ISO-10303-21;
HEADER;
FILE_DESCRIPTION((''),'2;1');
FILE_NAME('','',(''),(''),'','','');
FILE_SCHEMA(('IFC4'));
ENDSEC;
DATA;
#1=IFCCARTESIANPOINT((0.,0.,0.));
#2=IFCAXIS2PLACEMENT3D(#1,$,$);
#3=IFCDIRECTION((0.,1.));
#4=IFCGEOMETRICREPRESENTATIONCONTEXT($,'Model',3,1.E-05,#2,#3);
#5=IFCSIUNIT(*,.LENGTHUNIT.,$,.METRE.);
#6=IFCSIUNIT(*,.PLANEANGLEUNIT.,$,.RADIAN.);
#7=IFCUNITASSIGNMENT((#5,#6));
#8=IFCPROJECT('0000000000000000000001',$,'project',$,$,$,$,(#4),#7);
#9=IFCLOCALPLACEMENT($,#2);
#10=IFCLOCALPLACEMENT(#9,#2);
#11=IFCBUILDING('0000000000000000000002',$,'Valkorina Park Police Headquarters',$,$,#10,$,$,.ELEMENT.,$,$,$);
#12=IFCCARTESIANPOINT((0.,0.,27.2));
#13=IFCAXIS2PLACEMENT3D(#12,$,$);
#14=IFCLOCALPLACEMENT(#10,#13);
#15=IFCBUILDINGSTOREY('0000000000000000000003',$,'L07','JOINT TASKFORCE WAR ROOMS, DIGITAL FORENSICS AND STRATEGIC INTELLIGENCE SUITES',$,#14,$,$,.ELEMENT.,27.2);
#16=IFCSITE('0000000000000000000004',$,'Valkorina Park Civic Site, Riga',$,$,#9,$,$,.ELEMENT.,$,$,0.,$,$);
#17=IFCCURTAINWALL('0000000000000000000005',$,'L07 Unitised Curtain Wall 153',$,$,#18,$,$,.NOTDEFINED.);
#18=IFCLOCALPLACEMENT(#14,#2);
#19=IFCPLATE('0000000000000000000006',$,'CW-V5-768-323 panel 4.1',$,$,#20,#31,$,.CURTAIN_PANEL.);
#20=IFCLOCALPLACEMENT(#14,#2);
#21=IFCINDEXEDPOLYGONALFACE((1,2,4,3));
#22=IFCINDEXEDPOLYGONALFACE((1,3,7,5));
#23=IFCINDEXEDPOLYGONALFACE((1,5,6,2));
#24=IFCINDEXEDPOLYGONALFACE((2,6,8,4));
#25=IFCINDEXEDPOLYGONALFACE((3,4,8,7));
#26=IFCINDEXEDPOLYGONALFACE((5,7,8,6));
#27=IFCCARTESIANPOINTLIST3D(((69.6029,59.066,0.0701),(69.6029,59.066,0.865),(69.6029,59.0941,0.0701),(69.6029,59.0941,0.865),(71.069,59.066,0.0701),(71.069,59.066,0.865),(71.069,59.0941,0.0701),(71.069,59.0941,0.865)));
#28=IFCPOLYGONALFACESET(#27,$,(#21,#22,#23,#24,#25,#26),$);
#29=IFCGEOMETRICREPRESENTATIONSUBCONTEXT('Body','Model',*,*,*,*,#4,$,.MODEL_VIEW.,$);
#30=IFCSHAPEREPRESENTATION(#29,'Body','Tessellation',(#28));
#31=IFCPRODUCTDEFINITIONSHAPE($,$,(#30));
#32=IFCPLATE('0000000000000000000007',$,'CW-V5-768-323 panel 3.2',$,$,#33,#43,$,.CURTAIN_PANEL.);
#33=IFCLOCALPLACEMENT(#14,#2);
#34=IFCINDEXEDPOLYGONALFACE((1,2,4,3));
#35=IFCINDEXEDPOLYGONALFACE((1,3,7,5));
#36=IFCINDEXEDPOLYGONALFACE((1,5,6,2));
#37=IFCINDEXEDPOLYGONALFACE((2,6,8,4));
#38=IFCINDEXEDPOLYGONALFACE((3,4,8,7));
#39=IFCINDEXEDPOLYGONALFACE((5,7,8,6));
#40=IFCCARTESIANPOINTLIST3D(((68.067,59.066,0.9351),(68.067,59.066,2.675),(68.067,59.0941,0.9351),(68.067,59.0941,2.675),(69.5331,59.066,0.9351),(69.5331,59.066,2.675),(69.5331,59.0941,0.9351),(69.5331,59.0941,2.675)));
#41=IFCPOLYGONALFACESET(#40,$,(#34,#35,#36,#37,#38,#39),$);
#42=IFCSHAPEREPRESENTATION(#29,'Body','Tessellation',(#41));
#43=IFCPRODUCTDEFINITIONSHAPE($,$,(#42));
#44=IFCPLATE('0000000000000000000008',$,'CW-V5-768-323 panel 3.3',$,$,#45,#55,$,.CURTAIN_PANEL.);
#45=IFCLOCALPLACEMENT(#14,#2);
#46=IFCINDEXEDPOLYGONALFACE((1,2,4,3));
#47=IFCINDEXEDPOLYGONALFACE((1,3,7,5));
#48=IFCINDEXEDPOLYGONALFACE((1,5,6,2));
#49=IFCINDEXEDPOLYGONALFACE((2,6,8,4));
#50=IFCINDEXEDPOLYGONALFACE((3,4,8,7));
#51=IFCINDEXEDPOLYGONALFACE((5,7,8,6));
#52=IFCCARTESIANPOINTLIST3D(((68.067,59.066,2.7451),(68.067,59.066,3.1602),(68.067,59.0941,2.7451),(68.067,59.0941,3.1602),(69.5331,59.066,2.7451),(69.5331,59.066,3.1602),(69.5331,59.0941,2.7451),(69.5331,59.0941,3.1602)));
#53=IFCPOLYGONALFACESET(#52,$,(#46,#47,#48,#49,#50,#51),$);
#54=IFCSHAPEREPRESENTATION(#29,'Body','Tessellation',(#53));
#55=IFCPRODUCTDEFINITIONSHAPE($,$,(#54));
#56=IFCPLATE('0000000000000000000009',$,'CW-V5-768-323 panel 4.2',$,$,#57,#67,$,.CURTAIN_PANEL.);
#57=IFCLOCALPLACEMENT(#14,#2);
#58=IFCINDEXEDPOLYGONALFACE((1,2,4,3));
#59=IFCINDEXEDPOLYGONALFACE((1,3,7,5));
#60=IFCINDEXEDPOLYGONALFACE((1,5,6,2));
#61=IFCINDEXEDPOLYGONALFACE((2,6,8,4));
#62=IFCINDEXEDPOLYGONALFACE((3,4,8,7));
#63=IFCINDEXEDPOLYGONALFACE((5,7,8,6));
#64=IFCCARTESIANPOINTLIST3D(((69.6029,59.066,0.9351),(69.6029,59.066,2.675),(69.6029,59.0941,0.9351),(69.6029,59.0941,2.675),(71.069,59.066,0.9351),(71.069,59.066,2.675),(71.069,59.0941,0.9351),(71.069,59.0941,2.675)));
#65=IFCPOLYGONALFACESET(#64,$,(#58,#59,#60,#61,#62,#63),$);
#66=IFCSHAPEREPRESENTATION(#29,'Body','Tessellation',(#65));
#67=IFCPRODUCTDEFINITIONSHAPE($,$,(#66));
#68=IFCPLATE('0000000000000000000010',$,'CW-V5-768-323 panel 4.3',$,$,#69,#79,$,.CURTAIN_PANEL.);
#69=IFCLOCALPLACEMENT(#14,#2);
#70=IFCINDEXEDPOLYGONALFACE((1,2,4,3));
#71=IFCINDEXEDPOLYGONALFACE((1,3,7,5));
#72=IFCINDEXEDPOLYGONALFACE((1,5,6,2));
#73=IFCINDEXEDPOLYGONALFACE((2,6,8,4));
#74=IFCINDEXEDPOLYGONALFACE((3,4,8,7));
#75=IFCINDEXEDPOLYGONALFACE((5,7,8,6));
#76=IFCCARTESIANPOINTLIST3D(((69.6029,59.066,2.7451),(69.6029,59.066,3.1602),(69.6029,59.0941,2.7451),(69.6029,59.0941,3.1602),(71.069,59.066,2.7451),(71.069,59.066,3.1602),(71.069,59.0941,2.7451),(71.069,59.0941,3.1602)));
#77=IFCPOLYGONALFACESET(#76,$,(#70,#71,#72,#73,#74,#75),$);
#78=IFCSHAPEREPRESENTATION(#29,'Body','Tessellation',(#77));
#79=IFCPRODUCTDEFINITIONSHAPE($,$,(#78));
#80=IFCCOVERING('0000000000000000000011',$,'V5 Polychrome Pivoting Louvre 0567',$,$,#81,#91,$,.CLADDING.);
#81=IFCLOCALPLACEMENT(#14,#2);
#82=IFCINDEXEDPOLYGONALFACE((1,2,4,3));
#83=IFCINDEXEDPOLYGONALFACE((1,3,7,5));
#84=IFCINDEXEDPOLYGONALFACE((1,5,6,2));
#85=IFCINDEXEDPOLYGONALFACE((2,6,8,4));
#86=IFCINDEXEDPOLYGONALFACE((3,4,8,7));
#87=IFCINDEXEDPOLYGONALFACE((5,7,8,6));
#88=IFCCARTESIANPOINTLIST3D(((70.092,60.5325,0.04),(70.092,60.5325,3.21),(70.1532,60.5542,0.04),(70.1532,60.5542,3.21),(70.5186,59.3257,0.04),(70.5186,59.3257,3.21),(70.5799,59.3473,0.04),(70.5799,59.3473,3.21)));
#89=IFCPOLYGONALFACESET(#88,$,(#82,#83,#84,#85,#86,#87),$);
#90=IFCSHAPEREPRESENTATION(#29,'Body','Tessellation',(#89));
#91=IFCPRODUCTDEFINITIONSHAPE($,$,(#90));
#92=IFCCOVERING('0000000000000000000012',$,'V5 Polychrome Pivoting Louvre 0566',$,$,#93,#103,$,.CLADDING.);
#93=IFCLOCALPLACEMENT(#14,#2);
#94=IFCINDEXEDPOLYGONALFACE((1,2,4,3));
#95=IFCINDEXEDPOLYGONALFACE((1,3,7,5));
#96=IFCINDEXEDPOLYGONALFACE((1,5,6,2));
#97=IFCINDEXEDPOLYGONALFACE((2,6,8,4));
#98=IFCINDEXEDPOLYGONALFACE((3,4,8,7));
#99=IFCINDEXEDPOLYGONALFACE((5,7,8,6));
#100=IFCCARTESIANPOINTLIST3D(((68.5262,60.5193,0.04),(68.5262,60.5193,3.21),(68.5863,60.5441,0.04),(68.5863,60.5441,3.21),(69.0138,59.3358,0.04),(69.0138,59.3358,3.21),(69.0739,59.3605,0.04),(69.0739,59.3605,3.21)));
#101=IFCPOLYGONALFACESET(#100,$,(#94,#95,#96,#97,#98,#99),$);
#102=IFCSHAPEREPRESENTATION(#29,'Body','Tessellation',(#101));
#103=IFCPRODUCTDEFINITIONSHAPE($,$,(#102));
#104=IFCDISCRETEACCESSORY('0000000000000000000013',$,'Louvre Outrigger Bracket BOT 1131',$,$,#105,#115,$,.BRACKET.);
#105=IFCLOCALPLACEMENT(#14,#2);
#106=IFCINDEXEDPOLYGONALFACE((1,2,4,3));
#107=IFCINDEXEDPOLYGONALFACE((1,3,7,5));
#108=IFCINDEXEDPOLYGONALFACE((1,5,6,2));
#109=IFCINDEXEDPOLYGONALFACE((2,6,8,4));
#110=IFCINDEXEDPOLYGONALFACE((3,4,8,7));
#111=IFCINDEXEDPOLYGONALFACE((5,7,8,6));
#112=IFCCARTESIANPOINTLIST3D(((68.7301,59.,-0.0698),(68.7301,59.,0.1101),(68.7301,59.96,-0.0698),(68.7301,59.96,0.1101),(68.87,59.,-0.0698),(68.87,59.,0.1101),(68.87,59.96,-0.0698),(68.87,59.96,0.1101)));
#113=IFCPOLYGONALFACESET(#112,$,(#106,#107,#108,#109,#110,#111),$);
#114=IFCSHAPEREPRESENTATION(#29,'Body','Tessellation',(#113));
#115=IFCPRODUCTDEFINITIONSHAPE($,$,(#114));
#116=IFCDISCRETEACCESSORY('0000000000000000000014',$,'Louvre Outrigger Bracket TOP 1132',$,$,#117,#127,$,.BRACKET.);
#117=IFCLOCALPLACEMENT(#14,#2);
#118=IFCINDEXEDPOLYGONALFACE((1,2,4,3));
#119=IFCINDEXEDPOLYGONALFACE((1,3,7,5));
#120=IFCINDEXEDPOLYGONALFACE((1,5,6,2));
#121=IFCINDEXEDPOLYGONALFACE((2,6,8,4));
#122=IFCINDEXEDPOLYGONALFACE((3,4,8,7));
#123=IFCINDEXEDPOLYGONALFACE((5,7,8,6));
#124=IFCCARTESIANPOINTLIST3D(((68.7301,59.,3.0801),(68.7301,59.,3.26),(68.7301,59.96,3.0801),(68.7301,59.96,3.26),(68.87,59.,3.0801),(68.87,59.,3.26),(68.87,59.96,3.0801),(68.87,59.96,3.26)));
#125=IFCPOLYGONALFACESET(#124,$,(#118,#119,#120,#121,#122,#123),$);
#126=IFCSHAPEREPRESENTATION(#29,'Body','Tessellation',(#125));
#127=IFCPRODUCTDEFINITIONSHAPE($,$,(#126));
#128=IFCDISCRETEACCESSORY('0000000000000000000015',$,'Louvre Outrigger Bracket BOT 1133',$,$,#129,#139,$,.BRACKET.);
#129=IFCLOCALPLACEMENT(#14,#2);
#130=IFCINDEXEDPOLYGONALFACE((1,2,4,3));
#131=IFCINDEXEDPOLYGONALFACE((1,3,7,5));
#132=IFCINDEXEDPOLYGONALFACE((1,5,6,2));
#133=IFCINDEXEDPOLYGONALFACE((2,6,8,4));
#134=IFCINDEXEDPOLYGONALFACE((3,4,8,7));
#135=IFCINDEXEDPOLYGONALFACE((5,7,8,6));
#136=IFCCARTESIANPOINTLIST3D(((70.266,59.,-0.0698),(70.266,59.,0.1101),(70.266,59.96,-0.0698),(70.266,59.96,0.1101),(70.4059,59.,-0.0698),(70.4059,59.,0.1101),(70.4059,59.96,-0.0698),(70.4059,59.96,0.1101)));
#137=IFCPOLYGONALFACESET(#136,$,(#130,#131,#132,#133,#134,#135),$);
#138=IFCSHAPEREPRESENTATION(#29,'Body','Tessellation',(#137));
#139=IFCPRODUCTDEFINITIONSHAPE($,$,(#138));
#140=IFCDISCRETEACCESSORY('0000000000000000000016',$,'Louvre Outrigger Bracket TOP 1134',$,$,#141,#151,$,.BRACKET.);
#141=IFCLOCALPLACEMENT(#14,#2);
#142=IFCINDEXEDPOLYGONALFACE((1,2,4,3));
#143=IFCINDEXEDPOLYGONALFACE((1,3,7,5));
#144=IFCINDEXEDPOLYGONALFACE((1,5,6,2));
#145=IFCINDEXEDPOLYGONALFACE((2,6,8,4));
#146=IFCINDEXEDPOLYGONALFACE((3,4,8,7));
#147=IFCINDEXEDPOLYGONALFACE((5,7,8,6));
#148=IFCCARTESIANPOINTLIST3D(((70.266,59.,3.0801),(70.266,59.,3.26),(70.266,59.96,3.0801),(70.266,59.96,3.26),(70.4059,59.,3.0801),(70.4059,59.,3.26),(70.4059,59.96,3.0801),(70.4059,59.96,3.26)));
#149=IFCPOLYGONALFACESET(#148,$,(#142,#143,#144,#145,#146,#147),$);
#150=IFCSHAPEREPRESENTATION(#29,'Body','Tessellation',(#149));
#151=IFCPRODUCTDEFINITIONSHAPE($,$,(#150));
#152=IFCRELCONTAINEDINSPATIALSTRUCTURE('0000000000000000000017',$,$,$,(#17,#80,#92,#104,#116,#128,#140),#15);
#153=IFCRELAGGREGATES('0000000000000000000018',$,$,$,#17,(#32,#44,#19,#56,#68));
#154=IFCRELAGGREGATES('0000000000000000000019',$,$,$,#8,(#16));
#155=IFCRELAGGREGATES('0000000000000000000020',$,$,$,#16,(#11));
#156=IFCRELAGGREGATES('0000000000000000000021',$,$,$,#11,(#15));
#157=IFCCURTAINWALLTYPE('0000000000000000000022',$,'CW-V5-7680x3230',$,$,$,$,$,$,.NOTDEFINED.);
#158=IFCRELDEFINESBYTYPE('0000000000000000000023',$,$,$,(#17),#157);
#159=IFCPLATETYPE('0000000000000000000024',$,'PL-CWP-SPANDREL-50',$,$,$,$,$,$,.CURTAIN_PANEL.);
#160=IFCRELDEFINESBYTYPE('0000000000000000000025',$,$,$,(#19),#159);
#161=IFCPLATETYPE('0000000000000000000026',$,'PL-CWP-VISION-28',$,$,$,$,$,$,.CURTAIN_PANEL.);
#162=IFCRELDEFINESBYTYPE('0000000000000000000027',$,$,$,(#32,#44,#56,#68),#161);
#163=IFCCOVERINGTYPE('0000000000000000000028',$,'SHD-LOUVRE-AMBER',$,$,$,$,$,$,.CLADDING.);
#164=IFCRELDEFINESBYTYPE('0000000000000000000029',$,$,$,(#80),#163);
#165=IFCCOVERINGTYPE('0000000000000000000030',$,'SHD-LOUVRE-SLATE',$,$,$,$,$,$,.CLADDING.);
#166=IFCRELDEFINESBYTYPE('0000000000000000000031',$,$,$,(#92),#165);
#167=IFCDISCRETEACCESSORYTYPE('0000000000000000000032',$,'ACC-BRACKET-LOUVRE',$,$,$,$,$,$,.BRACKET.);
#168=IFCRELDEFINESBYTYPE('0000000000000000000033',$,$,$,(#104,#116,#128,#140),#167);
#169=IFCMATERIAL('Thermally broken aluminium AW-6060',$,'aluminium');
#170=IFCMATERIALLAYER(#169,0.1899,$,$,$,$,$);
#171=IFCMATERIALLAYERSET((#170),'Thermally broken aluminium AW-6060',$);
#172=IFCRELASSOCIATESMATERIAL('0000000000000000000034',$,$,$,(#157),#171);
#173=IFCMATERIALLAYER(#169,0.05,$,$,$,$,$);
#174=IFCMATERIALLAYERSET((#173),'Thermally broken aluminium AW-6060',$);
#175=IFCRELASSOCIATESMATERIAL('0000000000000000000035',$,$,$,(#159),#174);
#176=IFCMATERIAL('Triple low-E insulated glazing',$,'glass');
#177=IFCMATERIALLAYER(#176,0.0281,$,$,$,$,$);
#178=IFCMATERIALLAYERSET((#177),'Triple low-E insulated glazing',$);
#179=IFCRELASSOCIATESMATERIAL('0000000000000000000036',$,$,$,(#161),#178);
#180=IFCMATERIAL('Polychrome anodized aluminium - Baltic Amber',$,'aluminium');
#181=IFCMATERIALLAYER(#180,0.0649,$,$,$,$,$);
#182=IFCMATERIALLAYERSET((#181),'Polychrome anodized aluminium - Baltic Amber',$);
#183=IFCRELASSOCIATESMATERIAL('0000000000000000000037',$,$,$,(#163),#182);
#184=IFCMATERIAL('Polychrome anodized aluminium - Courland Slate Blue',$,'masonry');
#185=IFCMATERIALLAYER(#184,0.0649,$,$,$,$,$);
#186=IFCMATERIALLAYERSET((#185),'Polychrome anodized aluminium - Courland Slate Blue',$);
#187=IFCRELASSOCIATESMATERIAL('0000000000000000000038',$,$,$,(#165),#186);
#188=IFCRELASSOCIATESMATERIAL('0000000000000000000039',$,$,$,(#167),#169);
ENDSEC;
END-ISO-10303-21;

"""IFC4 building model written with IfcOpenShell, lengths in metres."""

from ifc_helpers import new_model, si_unit, direction, frame, origin, origin_2d, place, context, subcontext, project, spatial, rectangle, extrude, material, layer, layer_set, type_object, element, aggregate, save


model = new_model("IFC4")

# Units and contexts
model_context = context("Model", 3, precision=1e-05, world=origin(), true_north=direction((0.0, 1.0)))
body_context = subcontext(model_context, "Body", "Model", "MODEL_VIEW")
ifc_project = project(units=[si_unit("LENGTHUNIT", "METRE"), si_unit("PLANEANGLEUNIT", "RADIAN")], contexts=[model_context])

# Site, building, storey
site_placement = place(None, origin())
site = spatial("IfcSite", under=ifc_project, at=site_placement, Name="Valkorina Park Civic Site, Riga", CompositionType="ELEMENT", RefElevation=0.0)
building_placement = place(site_placement, origin())
building = spatial("IfcBuilding", under=site, at=building_placement, Name="Valkorina Park Police Headquarters", CompositionType="ELEMENT")
storey_placement = place(building_placement, frame((0.0, 0.0, 27.2)))
storey = spatial("IfcBuildingStorey", under=building, at=storey_placement, Name="L07", Description="JOINT TASKFORCE WAR ROOMS, DIGITAL FORENSICS AND STRATEGIC INTELLIGENCE SUITES", CompositionType="ELEMENT", Elevation=27.2)

# Curtain wall, plates
ifc_material_1 = material(Name="Thermally broken aluminium AW-6060", Category="aluminium")
ifc_layer_1 = layer(ifc_material_1, 0.1899)
ifc_layer_set_1 = layer_set([ifc_layer_1], Name="Thermally broken aluminium AW-6060")
curtain_wall_type = type_object("IfcCurtainWallType", Name="CW-V5-7680x3230", PredefinedType="NOTDEFINED", material=ifc_layer_set_1)
curtain_wall_placement = place(storey_placement, origin())
curtain_wall = element("IfcCurtainWall", 1, at=curtain_wall_placement, inside=storey, type_object=curtain_wall_type, Name="L07 Unitised Curtain Wall 153", PredefinedType="NOTDEFINED")
ifc_layer_2 = layer(ifc_material_1, 0.05)
ifc_layer_set_2 = layer_set([ifc_layer_2], Name="Thermally broken aluminium AW-6060")
plate_type_1 = type_object("IfcPlateType", Name="PL-CWP-SPANDREL-50", PredefinedType="CURTAIN_PANEL", material=ifc_layer_set_2)
plate_1_placement = place(storey_placement, frame((70.3359, 59.0801, 0.0701), z_axis=(0.0, 0.0, 1.0), x_axis=(1.0, 0.0, 0.0)))
plate_1 = element("IfcPlate", 2, at=plate_1_placement, type_object=plate_type_1, Name="CW-V5-768-323 panel 4.1", PredefinedType="CURTAIN_PANEL", context=body_context, shape_type="SweptSolid", body=[
    extrude(rectangle(XDim=1.4661, YDim=0.0281, at=origin_2d()), origin(), (0.0, 0.0, 1.0), 0.7949),
])
ifc_material_2 = material(Name="Triple low-E insulated glazing", Category="glass")
ifc_layer_3 = layer(ifc_material_2, 0.0281)
ifc_layer_set_3 = layer_set([ifc_layer_3], Name="Triple low-E insulated glazing")
plate_type_2 = type_object("IfcPlateType", Name="PL-CWP-VISION-28", PredefinedType="CURTAIN_PANEL", material=ifc_layer_set_3)
plate_2_placement = place(storey_placement, frame((68.8, 59.0801, 0.9351), z_axis=(0.0, 0.0, 1.0), x_axis=(1.0, 0.0, 0.0)))
plate_2 = element("IfcPlate", 3, at=plate_2_placement, type_object=plate_type_2, Name="CW-V5-768-323 panel 3.2", PredefinedType="CURTAIN_PANEL", context=body_context, shape_type="SweptSolid", body=[
    extrude(rectangle(XDim=1.4661, YDim=0.0281, at=origin_2d()), origin(), (0.0, 0.0, 1.0), 1.74),
])
plate_3_placement = place(storey_placement, frame((68.8, 59.0801, 2.7451), z_axis=(0.0, 0.0, 1.0), x_axis=(1.0, 0.0, 0.0)))
plate_3 = element("IfcPlate", 4, at=plate_3_placement, type_object=plate_type_2, Name="CW-V5-768-323 panel 3.3", PredefinedType="CURTAIN_PANEL", context=body_context, shape_type="SweptSolid", body=[
    extrude(rectangle(XDim=1.4661, YDim=0.0281, at=origin_2d()), origin(), (0.0, 0.0, 1.0), 0.415),
])
plate_4_placement = place(storey_placement, frame((70.3359, 59.0801, 0.9351), z_axis=(0.0, 0.0, 1.0), x_axis=(1.0, 0.0, 0.0)))
plate_4 = element("IfcPlate", 5, at=plate_4_placement, type_object=plate_type_2, Name="CW-V5-768-323 panel 4.2", PredefinedType="CURTAIN_PANEL", context=body_context, shape_type="SweptSolid", body=[
    extrude(rectangle(XDim=1.4661, YDim=0.0281, at=origin_2d()), origin(), (0.0, 0.0, 1.0), 1.74),
])
plate_5_placement = place(storey_placement, frame((70.3359, 59.0801, 2.7451), z_axis=(0.0, 0.0, 1.0), x_axis=(1.0, 0.0, 0.0)))
plate_5 = element("IfcPlate", 6, at=plate_5_placement, type_object=plate_type_2, Name="CW-V5-768-323 panel 4.3", PredefinedType="CURTAIN_PANEL", context=body_context, shape_type="SweptSolid", body=[
    extrude(rectangle(XDim=1.4661, YDim=0.0281, at=origin_2d()), origin(), (0.0, 0.0, 1.0), 0.415),
])
aggregate(curtain_wall, [plate_2, plate_3, plate_1, plate_4, plate_5])

# Coverings
ifc_material_3 = material(Name="Polychrome anodized aluminium - Baltic Amber", Category="aluminium")
ifc_layer_4 = layer(ifc_material_3, 0.0649)
ifc_layer_set_4 = layer_set([ifc_layer_4], Name="Polychrome anodized aluminium - Baltic Amber")
covering_type_1 = type_object("IfcCoveringType", Name="SHD-LOUVRE-AMBER", PredefinedType="CLADDING", material=ifc_layer_set_4)
covering_1_placement = place(storey_placement, frame((70.3359, 59.9399, 0.04), z_axis=(0.0, 0.0, 1.0), x_axis=(-0.333313, 0.942816, 0.0)))
element("IfcCovering", 7, at=covering_1_placement, inside=storey, type_object=covering_type_1, Name="V5 Polychrome Pivoting Louvre 0567", PredefinedType="CLADDING", context=body_context, shape_type="SweptSolid", body=[
    extrude(rectangle(XDim=1.28, YDim=0.0649, at=origin_2d()), origin(), (0.0, 0.0, 1.0), 3.1699),
])
ifc_material_4 = material(Name="Polychrome anodized aluminium - Courland Slate Blue", Category="masonry")
ifc_layer_5 = layer(ifc_material_4, 0.0649)
ifc_layer_set_5 = layer_set([ifc_layer_5], Name="Polychrome anodized aluminium - Courland Slate Blue")
covering_type_2 = type_object("IfcCoveringType", Name="SHD-LOUVRE-SLATE", PredefinedType="CLADDING", material=ifc_layer_set_5)
covering_2_placement = place(storey_placement, frame((68.8, 59.9399, 0.04), z_axis=(0.0, 0.0, 1.0), x_axis=(-0.380909, 0.924613, 0.0)))
element("IfcCovering", 8, at=covering_2_placement, inside=storey, type_object=covering_type_2, Name="V5 Polychrome Pivoting Louvre 0566", PredefinedType="CLADDING", context=body_context, shape_type="SweptSolid", body=[
    extrude(rectangle(XDim=1.28, YDim=0.0649, at=origin_2d()), origin(), (0.0, 0.0, 1.0), 3.1699),
])

# Discrete accessories
discrete_accessory_type = type_object("IfcDiscreteAccessoryType", Name="ACC-BRACKET-LOUVRE", PredefinedType="BRACKET", material=ifc_material_1)
for number, where, z_axis, x_axis, name in (
    (9, (68.8, 59.48, -0.0698), (0.0, 0.0, 1.0), (0.0, 1.0, 0.0), "Louvre Outrigger Bracket BOT 1131"),
    (10, (68.8, 59.48, 3.0801), (0.0, 0.0, 1.0), (0.0, 1.0, 0.0), "Louvre Outrigger Bracket TOP 1132"),
    (11, (70.3359, 59.48, -0.0698), (0.0, 0.0, 1.0), (0.0, 1.0, 0.0), "Louvre Outrigger Bracket BOT 1133"),
    (12, (70.3359, 59.48, 3.0801), (0.0, 0.0, 1.0), (0.0, 1.0, 0.0), "Louvre Outrigger Bracket TOP 1134"),
):
    element("IfcDiscreteAccessory", number, at=place(storey_placement, frame(where, z_axis=z_axis, x_axis=x_axis)), inside=storey, type_object=discrete_accessory_type, Name=name, PredefinedType="BRACKET", context=body_context, shape_type="SweptSolid", body=[
        extrude(rectangle(XDim=0.96, YDim=0.1399, at=origin_2d()), origin(), (0.0, 0.0, 1.0), 0.1799),
    ])

save(model, "model.ifc")
